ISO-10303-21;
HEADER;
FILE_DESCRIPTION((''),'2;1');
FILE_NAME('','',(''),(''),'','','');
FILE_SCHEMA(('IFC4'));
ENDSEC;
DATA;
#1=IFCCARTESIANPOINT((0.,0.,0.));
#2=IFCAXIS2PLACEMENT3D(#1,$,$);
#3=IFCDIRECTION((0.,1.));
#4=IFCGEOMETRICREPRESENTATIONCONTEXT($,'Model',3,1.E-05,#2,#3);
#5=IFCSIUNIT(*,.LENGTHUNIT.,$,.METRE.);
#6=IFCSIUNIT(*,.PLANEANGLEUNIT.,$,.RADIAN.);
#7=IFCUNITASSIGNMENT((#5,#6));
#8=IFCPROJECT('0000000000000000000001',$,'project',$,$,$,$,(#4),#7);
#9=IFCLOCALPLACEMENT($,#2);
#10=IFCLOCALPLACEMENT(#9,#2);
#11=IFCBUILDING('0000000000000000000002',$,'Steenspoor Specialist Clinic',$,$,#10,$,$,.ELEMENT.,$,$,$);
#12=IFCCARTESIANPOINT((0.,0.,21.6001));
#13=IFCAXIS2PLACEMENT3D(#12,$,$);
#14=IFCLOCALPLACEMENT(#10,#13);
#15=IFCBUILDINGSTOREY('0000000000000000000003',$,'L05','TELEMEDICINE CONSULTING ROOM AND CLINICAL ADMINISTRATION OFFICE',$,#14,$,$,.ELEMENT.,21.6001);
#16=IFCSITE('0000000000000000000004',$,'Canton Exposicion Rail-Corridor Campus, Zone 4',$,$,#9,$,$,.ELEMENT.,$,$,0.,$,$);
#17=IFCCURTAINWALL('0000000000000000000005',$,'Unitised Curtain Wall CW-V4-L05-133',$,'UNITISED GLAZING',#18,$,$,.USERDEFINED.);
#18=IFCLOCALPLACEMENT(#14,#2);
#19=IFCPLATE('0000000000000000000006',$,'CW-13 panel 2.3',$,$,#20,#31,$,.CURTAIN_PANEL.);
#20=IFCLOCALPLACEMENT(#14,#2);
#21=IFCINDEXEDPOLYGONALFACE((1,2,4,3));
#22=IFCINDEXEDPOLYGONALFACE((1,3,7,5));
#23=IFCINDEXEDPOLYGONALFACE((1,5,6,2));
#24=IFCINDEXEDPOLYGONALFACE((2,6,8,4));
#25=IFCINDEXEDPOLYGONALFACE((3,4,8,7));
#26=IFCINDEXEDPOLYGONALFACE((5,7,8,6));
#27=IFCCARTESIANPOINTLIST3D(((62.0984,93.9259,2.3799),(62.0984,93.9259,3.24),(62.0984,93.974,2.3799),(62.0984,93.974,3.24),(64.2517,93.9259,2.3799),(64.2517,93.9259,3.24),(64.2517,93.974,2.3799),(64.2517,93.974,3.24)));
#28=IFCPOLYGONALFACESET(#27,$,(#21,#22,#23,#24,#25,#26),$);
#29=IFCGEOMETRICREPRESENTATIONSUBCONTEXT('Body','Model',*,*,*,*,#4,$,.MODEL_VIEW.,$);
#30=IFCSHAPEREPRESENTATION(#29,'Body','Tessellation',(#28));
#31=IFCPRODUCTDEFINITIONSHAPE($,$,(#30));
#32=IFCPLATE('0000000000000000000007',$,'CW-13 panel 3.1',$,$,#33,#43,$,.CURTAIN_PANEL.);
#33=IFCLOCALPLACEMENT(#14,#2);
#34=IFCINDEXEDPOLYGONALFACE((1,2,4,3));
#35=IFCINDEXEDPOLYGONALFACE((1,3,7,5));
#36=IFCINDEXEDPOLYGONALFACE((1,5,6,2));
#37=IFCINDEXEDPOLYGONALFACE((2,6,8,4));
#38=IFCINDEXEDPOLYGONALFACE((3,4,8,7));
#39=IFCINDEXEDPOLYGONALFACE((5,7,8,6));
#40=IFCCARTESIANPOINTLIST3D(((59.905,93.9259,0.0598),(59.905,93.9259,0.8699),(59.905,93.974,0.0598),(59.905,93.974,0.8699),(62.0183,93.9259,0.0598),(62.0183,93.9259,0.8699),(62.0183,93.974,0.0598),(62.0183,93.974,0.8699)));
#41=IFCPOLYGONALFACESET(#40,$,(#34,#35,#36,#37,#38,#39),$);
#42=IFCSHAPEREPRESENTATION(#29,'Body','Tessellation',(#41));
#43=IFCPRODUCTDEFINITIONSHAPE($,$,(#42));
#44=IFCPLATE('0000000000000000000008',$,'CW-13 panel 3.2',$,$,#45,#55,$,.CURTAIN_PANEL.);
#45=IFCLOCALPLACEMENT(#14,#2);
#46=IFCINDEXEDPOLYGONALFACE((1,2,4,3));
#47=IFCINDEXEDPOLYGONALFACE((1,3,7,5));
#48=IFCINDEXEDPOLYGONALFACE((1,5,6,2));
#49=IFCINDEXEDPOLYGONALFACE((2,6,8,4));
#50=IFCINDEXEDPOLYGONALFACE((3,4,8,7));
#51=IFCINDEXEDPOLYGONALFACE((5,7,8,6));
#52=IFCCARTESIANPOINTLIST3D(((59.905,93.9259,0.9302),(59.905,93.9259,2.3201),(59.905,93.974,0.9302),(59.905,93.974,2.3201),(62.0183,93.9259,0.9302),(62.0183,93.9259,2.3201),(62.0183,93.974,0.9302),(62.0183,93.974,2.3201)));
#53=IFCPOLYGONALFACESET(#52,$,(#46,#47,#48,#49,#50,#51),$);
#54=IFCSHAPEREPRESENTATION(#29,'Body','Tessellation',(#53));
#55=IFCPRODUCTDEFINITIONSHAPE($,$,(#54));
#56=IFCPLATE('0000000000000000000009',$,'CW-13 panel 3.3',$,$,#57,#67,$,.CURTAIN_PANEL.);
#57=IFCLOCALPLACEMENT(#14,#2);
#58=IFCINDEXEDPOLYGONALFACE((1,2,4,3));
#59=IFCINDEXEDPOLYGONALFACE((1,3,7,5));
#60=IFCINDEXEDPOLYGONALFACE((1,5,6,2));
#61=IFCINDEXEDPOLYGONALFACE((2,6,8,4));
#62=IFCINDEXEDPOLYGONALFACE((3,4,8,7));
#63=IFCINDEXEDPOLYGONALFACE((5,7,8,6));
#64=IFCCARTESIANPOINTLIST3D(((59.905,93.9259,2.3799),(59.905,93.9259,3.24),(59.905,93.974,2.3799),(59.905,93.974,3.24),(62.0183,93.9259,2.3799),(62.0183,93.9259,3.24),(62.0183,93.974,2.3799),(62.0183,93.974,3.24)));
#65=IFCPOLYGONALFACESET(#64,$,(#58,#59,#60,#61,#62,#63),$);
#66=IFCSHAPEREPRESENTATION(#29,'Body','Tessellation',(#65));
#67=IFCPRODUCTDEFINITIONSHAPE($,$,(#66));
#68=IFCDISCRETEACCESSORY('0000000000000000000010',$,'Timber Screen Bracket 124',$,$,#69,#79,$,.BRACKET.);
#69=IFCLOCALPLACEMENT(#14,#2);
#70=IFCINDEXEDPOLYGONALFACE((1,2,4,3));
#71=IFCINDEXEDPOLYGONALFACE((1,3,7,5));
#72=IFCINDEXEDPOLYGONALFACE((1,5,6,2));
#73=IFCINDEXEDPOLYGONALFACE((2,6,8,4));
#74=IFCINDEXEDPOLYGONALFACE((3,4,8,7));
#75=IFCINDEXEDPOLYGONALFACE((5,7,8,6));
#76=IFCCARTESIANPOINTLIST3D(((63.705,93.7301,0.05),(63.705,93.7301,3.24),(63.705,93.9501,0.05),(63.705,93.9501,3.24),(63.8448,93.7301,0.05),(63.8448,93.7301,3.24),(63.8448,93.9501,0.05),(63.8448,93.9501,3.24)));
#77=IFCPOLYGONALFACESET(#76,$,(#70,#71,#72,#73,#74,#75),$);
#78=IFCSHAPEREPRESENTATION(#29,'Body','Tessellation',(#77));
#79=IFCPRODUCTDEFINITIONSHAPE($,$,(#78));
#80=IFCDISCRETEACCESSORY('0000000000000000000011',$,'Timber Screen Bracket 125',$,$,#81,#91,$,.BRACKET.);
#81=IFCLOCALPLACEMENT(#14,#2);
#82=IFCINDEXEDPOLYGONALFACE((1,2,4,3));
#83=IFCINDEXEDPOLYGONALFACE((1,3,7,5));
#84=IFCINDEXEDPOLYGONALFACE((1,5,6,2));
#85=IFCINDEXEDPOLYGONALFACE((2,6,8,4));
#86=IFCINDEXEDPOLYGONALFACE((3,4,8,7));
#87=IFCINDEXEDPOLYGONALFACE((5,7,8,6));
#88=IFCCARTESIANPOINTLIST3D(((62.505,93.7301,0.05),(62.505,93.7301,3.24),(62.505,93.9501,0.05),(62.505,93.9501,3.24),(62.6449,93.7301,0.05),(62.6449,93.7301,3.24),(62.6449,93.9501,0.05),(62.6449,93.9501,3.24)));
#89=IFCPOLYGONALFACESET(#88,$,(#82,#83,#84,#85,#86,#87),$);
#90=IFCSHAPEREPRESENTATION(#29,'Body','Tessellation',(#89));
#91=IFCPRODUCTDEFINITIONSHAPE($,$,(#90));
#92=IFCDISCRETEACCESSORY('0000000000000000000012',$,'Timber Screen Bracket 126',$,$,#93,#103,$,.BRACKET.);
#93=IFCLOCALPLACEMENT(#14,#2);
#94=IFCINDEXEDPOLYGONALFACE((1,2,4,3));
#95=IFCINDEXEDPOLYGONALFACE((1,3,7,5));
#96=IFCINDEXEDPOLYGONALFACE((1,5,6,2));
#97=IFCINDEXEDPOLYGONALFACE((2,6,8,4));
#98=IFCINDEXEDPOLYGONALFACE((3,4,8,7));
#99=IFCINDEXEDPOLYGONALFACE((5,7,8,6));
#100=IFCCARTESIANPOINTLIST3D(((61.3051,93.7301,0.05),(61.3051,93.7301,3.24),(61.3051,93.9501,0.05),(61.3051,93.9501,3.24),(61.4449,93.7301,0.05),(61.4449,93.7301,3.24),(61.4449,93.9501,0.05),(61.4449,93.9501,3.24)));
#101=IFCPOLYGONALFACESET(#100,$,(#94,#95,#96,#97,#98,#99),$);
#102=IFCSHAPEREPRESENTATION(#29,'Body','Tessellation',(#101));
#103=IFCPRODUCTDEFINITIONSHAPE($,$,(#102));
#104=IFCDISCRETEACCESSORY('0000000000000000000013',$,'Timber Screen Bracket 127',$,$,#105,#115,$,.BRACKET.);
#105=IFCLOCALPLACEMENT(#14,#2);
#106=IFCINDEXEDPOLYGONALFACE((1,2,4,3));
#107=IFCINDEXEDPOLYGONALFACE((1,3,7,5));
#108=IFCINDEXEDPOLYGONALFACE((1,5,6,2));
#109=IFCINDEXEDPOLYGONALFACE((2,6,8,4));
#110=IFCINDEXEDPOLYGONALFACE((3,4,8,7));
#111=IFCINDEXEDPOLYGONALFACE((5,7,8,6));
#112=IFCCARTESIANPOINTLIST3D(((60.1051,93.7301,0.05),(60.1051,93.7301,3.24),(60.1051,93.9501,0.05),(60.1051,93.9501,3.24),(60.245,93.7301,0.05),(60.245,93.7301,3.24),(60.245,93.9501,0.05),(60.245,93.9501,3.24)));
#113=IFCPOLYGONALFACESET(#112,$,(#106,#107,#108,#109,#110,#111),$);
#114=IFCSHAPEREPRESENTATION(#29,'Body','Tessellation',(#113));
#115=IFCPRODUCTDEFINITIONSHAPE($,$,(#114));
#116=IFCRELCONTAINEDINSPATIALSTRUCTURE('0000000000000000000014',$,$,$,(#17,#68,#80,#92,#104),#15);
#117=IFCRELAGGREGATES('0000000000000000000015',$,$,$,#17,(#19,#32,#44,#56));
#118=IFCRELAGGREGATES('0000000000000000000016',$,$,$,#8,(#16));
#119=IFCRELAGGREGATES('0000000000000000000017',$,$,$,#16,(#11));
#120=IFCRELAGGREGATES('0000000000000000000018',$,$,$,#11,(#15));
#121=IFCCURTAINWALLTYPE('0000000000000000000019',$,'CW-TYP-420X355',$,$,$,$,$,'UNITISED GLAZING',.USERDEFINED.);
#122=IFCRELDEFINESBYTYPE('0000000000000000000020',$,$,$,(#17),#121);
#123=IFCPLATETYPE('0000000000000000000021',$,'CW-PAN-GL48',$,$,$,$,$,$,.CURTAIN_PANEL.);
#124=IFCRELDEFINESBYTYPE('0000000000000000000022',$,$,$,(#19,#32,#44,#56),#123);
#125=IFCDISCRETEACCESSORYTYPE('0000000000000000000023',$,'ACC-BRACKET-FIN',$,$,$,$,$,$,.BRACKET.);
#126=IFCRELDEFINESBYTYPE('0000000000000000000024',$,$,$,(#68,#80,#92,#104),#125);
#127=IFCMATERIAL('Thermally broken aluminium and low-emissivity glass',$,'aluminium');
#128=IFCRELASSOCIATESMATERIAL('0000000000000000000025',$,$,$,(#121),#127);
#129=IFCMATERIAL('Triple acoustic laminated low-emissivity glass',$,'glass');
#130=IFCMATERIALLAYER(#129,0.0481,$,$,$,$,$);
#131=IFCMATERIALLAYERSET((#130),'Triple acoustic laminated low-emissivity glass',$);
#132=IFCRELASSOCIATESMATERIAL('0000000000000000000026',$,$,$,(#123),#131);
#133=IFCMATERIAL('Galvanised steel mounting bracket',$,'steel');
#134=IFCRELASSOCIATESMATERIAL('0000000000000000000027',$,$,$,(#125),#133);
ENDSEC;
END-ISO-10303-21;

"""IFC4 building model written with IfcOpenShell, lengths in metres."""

from ifc_helpers import new_model, si_unit, direction, frame, origin, origin_2d, place, context, subcontext, project, spatial, rectangle, extrude, material, layer, layer_set, type_object, element, aggregate, save


model = new_model("IFC4")

# Units and contexts
model_context = context("Model", 3, precision=1e-05, world=origin(), true_north=direction((0.0, 1.0)))
body_context = subcontext(model_context, "Body", "Model", "MODEL_VIEW")
ifc_project = project(units=[si_unit("LENGTHUNIT", "METRE"), si_unit("PLANEANGLEUNIT", "RADIAN")], contexts=[model_context])

# Site, building, storey
site_placement = place(None, origin())
site = spatial("IfcSite", under=ifc_project, at=site_placement, Name="Canton Exposicion Rail-Corridor Campus, Zone 4", CompositionType="ELEMENT", RefElevation=0.0)
building_placement = place(site_placement, origin())
building = spatial("IfcBuilding", under=site, at=building_placement, Name="Steenspoor Specialist Clinic", CompositionType="ELEMENT")
storey_placement = place(building_placement, frame((0.0, 0.0, 21.6001)))
storey = spatial("IfcBuildingStorey", under=building, at=storey_placement, Name="L05", Description="TELEMEDICINE CONSULTING ROOM AND CLINICAL ADMINISTRATION OFFICE", CompositionType="ELEMENT", Elevation=21.6001)

# Curtain wall
ifc_material_1 = material(Name="Thermally broken aluminium and low-emissivity glass", Category="aluminium")
curtain_wall_type = type_object("IfcCurtainWallType", Name="CW-TYP-420X355", ElementType="UNITISED GLAZING", PredefinedType="USERDEFINED", material=ifc_material_1)
curtain_wall_placement = place(storey_placement, origin())
curtain_wall = element("IfcCurtainWall", 1, at=curtain_wall_placement, inside=storey, type_object=curtain_wall_type, Name="Unitised Curtain Wall CW-V4-L05-133", ObjectType="UNITISED GLAZING", PredefinedType="USERDEFINED")

# Plates
ifc_material_2 = material(Name="Triple acoustic laminated low-emissivity glass", Category="glass")
ifc_layer = layer(ifc_material_2, 0.0481)
ifc_layer_set = layer_set([ifc_layer], Name="Triple acoustic laminated low-emissivity glass")
plate_type = type_object("IfcPlateType", Name="CW-PAN-GL48", PredefinedType="CURTAIN_PANEL", material=ifc_layer_set)
plate_1_placement = place(storey_placement, frame((63.175, 93.95, 2.3799), z_axis=(0.0, 0.0, 1.0), x_axis=(-1.0, 0.0, 0.0)))
plate_1 = element("IfcPlate", 2, at=plate_1_placement, type_object=plate_type, Name="CW-13 panel 2.3", PredefinedType="CURTAIN_PANEL", context=body_context, shape_type="SweptSolid", body=[
    extrude(rectangle(XDim=2.1533, YDim=0.0481, at=origin_2d()), origin(), (0.0, 0.0, 1.0), 0.8601),
])
plate_2_placement = place(storey_placement, frame((60.9617, 93.95, 0.0598), z_axis=(0.0, 0.0, 1.0), x_axis=(-1.0, 0.0, 0.0)))
plate_2 = element("IfcPlate", 3, at=plate_2_placement, type_object=plate_type, Name="CW-13 panel 3.1", PredefinedType="CURTAIN_PANEL", context=body_context, shape_type="SweptSolid", body=[
    extrude(rectangle(XDim=2.1133, YDim=0.0481, at=origin_2d()), origin(), (0.0, 0.0, 1.0), 0.8101),
])
plate_3_placement = place(storey_placement, frame((60.9617, 93.95, 0.9302), z_axis=(0.0, 0.0, 1.0), x_axis=(-1.0, 0.0, 0.0)))
plate_3 = element("IfcPlate", 4, at=plate_3_placement, type_object=plate_type, Name="CW-13 panel 3.2", PredefinedType="CURTAIN_PANEL", context=body_context, shape_type="SweptSolid", body=[
    extrude(rectangle(XDim=2.1133, YDim=0.0481, at=origin_2d()), origin(), (0.0, 0.0, 1.0), 1.3899),
])
plate_4_placement = place(storey_placement, frame((60.9617, 93.95, 2.3799), z_axis=(0.0, 0.0, 1.0), x_axis=(-1.0, 0.0, 0.0)))
plate_4 = element("IfcPlate", 5, at=plate_4_placement, type_object=plate_type, Name="CW-13 panel 3.3", PredefinedType="CURTAIN_PANEL", context=body_context, shape_type="SweptSolid", body=[
    extrude(rectangle(XDim=2.1133, YDim=0.0481, at=origin_2d()), origin(), (0.0, 0.0, 1.0), 0.8601),
])
aggregate(curtain_wall, [plate_1, plate_2, plate_3, plate_4])

# Discrete accessories
ifc_material_3 = material(Name="Galvanised steel mounting bracket", Category="steel")
discrete_accessory_type = type_object("IfcDiscreteAccessoryType", Name="ACC-BRACKET-FIN", PredefinedType="BRACKET", material=ifc_material_3)
for number, where, z_axis, x_axis, name in (
    (6, (63.7749, 93.8401, 0.05), (0.0, 0.0, 1.0), (0.0, -1.0, 0.0), "Timber Screen Bracket 124"),
    (7, (62.575, 93.8401, 0.05), (0.0, 0.0, 1.0), (0.0, -1.0, 0.0), "Timber Screen Bracket 125"),
    (8, (61.375, 93.8401, 0.05), (0.0, 0.0, 1.0), (0.0, -1.0, 0.0), "Timber Screen Bracket 126"),
    (9, (60.175, 93.8401, 0.05), (0.0, 0.0, 1.0), (0.0, -1.0, 0.0), "Timber Screen Bracket 127"),
):
    element("IfcDiscreteAccessory", number, at=place(storey_placement, frame(where, z_axis=z_axis, x_axis=x_axis)), inside=storey, type_object=discrete_accessory_type, Name=name, PredefinedType="BRACKET", context=body_context, shape_type="SweptSolid", body=[
        extrude(rectangle(XDim=0.22, YDim=0.1399, at=origin_2d()), origin(), (0.0, 0.0, 1.0), 3.1899),
    ])

save(model, "model.ifc")
